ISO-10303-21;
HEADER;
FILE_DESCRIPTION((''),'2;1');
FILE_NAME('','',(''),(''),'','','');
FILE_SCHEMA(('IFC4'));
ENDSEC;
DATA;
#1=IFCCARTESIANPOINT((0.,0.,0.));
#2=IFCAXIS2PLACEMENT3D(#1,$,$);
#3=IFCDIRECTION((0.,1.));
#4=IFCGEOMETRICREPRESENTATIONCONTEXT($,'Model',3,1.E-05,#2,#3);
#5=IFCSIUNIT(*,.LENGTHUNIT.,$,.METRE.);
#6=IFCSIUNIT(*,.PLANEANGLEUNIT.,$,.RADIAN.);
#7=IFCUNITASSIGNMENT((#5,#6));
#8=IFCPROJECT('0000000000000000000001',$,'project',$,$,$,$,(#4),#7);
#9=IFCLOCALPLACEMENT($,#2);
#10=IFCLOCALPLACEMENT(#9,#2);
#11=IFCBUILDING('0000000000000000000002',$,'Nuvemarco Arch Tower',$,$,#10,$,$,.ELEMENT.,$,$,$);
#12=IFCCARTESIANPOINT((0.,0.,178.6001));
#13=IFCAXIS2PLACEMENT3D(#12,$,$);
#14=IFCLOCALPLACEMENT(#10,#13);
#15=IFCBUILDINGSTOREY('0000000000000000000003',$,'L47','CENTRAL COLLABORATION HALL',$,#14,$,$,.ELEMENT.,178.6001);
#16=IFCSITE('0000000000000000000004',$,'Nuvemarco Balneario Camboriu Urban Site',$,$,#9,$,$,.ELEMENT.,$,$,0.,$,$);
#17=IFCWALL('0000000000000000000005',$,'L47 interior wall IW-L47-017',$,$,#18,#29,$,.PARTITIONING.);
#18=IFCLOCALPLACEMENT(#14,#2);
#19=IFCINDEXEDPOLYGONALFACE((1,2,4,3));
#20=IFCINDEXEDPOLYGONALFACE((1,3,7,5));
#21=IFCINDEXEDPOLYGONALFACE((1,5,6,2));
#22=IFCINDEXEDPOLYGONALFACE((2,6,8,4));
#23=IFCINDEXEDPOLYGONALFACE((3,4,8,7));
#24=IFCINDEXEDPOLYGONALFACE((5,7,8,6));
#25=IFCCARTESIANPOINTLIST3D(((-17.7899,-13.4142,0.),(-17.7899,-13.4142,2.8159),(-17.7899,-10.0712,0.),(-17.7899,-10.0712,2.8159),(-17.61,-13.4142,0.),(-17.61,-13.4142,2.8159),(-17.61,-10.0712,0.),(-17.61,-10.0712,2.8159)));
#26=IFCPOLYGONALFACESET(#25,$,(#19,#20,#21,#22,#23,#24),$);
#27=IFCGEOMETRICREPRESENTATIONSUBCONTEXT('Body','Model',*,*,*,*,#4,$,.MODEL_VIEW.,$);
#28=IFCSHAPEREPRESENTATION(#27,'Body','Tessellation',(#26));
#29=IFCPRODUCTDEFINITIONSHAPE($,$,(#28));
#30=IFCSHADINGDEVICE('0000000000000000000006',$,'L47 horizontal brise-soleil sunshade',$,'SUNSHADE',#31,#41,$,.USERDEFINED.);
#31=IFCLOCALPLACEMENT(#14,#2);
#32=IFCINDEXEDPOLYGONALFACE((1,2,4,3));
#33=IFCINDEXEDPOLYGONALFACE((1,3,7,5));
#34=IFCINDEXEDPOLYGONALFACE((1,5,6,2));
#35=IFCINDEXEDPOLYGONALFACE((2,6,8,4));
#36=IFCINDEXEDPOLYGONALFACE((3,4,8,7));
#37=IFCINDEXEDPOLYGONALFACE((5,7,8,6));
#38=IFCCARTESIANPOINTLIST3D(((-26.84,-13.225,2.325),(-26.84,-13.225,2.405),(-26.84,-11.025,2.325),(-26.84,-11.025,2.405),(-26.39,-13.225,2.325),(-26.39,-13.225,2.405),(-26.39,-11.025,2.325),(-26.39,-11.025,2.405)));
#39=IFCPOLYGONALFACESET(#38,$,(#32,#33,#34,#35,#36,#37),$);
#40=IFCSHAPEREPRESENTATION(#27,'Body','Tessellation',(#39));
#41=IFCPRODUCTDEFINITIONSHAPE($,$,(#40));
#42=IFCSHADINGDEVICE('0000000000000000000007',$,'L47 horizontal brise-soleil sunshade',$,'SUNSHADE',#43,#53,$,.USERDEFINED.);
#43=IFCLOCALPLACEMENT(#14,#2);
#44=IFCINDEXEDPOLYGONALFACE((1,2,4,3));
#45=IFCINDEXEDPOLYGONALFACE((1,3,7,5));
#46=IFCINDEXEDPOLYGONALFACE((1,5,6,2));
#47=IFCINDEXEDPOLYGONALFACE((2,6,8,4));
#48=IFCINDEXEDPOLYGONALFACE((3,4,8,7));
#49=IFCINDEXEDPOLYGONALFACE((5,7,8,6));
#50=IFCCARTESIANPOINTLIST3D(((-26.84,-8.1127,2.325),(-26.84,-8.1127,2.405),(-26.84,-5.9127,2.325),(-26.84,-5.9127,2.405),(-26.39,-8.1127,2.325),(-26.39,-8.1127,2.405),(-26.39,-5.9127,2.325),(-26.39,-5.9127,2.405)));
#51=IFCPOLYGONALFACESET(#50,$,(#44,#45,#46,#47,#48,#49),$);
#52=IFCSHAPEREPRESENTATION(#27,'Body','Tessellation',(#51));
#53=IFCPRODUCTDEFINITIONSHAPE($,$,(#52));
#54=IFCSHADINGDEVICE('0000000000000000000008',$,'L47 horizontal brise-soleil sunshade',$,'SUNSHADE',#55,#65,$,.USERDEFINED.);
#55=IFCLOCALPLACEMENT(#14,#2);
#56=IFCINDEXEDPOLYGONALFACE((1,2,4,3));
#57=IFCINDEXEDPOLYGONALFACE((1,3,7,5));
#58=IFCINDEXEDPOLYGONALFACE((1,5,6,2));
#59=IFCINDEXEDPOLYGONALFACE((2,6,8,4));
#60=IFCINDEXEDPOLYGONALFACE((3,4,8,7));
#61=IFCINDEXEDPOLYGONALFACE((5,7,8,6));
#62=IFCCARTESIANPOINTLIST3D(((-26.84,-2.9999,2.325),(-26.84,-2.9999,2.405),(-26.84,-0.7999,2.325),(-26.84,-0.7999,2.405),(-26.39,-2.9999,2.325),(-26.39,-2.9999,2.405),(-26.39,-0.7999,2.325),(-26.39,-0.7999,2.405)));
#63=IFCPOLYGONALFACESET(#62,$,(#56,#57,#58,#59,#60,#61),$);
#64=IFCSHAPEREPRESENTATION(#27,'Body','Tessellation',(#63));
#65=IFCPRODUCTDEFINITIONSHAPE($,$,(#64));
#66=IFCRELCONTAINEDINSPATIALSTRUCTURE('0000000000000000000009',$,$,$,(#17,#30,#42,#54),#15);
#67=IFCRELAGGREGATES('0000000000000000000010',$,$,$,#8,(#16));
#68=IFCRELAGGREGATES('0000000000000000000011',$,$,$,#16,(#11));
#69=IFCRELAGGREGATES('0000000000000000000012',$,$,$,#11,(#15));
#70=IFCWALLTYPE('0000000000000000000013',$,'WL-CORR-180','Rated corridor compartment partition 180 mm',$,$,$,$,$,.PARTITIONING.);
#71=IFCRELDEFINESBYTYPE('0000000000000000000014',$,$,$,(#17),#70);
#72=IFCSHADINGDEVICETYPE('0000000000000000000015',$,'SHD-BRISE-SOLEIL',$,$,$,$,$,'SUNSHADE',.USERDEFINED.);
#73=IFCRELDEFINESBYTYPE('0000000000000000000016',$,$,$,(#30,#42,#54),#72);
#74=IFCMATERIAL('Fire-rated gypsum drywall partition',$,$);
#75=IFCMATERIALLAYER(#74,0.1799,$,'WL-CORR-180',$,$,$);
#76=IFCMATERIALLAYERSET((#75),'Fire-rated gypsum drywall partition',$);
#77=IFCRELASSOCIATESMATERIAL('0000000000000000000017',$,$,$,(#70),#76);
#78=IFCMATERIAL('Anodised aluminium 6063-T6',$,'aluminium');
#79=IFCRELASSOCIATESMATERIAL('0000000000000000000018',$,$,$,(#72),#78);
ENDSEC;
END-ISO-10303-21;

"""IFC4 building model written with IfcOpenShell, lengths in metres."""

from ifc_helpers import new_model, si_unit, direction, frame, frame_2d, origin, origin_2d, place, context, subcontext, project, spatial, rectangle, extrude, source, transform, mapped, material, layer, layer_set, type_object, type_shapes, element, save


model = new_model("IFC4")

# Units and contexts
model_context = context("Model", 3, precision=1e-05, world=origin(), true_north=direction((0.0, 1.0)))
body_context = subcontext(model_context, "Body", "Model", "MODEL_VIEW")
ifc_project = project(units=[si_unit("LENGTHUNIT", "METRE"), si_unit("PLANEANGLEUNIT", "RADIAN")], contexts=[model_context])

# Site, building, storey
site_placement = place(None, origin())
site = spatial("IfcSite", under=ifc_project, at=site_placement, Name="Nuvemarco Balneario Camboriu Urban Site", CompositionType="ELEMENT", RefElevation=0.0)
building_placement = place(site_placement, origin())
building = spatial("IfcBuilding", under=site, at=building_placement, Name="Nuvemarco Arch Tower", CompositionType="ELEMENT")
storey_placement = place(building_placement, frame((0.0, 0.0, 178.6001)))
storey = spatial("IfcBuildingStorey", under=building, at=storey_placement, Name="L47", Description="CENTRAL COLLABORATION HALL", CompositionType="ELEMENT", Elevation=178.6001)

# Wall
ifc_material_1 = material(Name="Fire-rated gypsum drywall partition")
ifc_layer_1 = layer(ifc_material_1, 0.1799, Name="WL-CORR-180")
ifc_layer_set_1 = layer_set([ifc_layer_1], Name="Fire-rated gypsum drywall partition")
wall_type_1 = type_object("IfcWallType", Name="WL-CORR-180", Description="Rated corridor compartment partition 180 mm", PredefinedType="PARTITIONING", material=ifc_layer_set_1)
wall_1_placement = place(storey_placement, frame((-17.7, -13.4141, 0.0), z_axis=(0.0, 0.0, 1.0), x_axis=(0.0, 1.0, 0.0)))
element("IfcWall", 1, at=wall_1_placement, inside=storey, type_object=wall_type_1, Name="L47 interior wall IW-L47-017", PredefinedType="PARTITIONING", context=body_context, shape_type="SweptSolid", body=[
    extrude(rectangle(XDim=3.343, YDim=0.1799, at=frame_2d((1.6714, 0.0))), origin(), (0.0, 0.0, 1.0), 2.8159),
])

# Shading devices
ifc_material_2 = material(Name="Anodised aluminium 6063-T6", Category="aluminium")
shading_device_type = type_object("IfcShadingDeviceType", Name="SHD-BRISE-SOLEIL", ElementType="SUNSHADE", PredefinedType="USERDEFINED", material=ifc_material_2)
shared_shape = source(origin(), body_context, "Body", "SweptSolid", [
    extrude(rectangle(XDim=2.2, YDim=0.45, at=origin_2d()), origin(), (0.0, 0.0, 1.0), 0.0801),
])
type_shapes(shading_device_type, [shared_shape])
for number, where, z_axis, x_axis, name in (
    (2, (-26.615, -12.125, 2.325), (0.0, 0.0, 1.0), (0.0, 1.0, 0.0), "L47 horizontal brise-soleil sunshade"),
    (3, (-26.615, -7.0127, 2.325), (0.0, 0.0, 1.0), (0.0, 1.0, 0.0), "L47 horizontal brise-soleil sunshade"),
    (4, (-26.615, -1.8999, 2.325), (0.0, 0.0, 1.0), (0.0, 1.0, 0.0), "L47 horizontal brise-soleil sunshade"),
):
    element("IfcShadingDevice", number, at=place(storey_placement, frame(where, z_axis=z_axis, x_axis=x_axis)), inside=storey, type_object=shading_device_type, Name=name, ObjectType="SUNSHADE", PredefinedType="USERDEFINED", context=body_context, shape_type="MappedRepresentation", body=[
        mapped(shared_shape, transform((0.0, 0.0, 0.0), scale=1.0)),
    ])

save(model, "model.ifc")
